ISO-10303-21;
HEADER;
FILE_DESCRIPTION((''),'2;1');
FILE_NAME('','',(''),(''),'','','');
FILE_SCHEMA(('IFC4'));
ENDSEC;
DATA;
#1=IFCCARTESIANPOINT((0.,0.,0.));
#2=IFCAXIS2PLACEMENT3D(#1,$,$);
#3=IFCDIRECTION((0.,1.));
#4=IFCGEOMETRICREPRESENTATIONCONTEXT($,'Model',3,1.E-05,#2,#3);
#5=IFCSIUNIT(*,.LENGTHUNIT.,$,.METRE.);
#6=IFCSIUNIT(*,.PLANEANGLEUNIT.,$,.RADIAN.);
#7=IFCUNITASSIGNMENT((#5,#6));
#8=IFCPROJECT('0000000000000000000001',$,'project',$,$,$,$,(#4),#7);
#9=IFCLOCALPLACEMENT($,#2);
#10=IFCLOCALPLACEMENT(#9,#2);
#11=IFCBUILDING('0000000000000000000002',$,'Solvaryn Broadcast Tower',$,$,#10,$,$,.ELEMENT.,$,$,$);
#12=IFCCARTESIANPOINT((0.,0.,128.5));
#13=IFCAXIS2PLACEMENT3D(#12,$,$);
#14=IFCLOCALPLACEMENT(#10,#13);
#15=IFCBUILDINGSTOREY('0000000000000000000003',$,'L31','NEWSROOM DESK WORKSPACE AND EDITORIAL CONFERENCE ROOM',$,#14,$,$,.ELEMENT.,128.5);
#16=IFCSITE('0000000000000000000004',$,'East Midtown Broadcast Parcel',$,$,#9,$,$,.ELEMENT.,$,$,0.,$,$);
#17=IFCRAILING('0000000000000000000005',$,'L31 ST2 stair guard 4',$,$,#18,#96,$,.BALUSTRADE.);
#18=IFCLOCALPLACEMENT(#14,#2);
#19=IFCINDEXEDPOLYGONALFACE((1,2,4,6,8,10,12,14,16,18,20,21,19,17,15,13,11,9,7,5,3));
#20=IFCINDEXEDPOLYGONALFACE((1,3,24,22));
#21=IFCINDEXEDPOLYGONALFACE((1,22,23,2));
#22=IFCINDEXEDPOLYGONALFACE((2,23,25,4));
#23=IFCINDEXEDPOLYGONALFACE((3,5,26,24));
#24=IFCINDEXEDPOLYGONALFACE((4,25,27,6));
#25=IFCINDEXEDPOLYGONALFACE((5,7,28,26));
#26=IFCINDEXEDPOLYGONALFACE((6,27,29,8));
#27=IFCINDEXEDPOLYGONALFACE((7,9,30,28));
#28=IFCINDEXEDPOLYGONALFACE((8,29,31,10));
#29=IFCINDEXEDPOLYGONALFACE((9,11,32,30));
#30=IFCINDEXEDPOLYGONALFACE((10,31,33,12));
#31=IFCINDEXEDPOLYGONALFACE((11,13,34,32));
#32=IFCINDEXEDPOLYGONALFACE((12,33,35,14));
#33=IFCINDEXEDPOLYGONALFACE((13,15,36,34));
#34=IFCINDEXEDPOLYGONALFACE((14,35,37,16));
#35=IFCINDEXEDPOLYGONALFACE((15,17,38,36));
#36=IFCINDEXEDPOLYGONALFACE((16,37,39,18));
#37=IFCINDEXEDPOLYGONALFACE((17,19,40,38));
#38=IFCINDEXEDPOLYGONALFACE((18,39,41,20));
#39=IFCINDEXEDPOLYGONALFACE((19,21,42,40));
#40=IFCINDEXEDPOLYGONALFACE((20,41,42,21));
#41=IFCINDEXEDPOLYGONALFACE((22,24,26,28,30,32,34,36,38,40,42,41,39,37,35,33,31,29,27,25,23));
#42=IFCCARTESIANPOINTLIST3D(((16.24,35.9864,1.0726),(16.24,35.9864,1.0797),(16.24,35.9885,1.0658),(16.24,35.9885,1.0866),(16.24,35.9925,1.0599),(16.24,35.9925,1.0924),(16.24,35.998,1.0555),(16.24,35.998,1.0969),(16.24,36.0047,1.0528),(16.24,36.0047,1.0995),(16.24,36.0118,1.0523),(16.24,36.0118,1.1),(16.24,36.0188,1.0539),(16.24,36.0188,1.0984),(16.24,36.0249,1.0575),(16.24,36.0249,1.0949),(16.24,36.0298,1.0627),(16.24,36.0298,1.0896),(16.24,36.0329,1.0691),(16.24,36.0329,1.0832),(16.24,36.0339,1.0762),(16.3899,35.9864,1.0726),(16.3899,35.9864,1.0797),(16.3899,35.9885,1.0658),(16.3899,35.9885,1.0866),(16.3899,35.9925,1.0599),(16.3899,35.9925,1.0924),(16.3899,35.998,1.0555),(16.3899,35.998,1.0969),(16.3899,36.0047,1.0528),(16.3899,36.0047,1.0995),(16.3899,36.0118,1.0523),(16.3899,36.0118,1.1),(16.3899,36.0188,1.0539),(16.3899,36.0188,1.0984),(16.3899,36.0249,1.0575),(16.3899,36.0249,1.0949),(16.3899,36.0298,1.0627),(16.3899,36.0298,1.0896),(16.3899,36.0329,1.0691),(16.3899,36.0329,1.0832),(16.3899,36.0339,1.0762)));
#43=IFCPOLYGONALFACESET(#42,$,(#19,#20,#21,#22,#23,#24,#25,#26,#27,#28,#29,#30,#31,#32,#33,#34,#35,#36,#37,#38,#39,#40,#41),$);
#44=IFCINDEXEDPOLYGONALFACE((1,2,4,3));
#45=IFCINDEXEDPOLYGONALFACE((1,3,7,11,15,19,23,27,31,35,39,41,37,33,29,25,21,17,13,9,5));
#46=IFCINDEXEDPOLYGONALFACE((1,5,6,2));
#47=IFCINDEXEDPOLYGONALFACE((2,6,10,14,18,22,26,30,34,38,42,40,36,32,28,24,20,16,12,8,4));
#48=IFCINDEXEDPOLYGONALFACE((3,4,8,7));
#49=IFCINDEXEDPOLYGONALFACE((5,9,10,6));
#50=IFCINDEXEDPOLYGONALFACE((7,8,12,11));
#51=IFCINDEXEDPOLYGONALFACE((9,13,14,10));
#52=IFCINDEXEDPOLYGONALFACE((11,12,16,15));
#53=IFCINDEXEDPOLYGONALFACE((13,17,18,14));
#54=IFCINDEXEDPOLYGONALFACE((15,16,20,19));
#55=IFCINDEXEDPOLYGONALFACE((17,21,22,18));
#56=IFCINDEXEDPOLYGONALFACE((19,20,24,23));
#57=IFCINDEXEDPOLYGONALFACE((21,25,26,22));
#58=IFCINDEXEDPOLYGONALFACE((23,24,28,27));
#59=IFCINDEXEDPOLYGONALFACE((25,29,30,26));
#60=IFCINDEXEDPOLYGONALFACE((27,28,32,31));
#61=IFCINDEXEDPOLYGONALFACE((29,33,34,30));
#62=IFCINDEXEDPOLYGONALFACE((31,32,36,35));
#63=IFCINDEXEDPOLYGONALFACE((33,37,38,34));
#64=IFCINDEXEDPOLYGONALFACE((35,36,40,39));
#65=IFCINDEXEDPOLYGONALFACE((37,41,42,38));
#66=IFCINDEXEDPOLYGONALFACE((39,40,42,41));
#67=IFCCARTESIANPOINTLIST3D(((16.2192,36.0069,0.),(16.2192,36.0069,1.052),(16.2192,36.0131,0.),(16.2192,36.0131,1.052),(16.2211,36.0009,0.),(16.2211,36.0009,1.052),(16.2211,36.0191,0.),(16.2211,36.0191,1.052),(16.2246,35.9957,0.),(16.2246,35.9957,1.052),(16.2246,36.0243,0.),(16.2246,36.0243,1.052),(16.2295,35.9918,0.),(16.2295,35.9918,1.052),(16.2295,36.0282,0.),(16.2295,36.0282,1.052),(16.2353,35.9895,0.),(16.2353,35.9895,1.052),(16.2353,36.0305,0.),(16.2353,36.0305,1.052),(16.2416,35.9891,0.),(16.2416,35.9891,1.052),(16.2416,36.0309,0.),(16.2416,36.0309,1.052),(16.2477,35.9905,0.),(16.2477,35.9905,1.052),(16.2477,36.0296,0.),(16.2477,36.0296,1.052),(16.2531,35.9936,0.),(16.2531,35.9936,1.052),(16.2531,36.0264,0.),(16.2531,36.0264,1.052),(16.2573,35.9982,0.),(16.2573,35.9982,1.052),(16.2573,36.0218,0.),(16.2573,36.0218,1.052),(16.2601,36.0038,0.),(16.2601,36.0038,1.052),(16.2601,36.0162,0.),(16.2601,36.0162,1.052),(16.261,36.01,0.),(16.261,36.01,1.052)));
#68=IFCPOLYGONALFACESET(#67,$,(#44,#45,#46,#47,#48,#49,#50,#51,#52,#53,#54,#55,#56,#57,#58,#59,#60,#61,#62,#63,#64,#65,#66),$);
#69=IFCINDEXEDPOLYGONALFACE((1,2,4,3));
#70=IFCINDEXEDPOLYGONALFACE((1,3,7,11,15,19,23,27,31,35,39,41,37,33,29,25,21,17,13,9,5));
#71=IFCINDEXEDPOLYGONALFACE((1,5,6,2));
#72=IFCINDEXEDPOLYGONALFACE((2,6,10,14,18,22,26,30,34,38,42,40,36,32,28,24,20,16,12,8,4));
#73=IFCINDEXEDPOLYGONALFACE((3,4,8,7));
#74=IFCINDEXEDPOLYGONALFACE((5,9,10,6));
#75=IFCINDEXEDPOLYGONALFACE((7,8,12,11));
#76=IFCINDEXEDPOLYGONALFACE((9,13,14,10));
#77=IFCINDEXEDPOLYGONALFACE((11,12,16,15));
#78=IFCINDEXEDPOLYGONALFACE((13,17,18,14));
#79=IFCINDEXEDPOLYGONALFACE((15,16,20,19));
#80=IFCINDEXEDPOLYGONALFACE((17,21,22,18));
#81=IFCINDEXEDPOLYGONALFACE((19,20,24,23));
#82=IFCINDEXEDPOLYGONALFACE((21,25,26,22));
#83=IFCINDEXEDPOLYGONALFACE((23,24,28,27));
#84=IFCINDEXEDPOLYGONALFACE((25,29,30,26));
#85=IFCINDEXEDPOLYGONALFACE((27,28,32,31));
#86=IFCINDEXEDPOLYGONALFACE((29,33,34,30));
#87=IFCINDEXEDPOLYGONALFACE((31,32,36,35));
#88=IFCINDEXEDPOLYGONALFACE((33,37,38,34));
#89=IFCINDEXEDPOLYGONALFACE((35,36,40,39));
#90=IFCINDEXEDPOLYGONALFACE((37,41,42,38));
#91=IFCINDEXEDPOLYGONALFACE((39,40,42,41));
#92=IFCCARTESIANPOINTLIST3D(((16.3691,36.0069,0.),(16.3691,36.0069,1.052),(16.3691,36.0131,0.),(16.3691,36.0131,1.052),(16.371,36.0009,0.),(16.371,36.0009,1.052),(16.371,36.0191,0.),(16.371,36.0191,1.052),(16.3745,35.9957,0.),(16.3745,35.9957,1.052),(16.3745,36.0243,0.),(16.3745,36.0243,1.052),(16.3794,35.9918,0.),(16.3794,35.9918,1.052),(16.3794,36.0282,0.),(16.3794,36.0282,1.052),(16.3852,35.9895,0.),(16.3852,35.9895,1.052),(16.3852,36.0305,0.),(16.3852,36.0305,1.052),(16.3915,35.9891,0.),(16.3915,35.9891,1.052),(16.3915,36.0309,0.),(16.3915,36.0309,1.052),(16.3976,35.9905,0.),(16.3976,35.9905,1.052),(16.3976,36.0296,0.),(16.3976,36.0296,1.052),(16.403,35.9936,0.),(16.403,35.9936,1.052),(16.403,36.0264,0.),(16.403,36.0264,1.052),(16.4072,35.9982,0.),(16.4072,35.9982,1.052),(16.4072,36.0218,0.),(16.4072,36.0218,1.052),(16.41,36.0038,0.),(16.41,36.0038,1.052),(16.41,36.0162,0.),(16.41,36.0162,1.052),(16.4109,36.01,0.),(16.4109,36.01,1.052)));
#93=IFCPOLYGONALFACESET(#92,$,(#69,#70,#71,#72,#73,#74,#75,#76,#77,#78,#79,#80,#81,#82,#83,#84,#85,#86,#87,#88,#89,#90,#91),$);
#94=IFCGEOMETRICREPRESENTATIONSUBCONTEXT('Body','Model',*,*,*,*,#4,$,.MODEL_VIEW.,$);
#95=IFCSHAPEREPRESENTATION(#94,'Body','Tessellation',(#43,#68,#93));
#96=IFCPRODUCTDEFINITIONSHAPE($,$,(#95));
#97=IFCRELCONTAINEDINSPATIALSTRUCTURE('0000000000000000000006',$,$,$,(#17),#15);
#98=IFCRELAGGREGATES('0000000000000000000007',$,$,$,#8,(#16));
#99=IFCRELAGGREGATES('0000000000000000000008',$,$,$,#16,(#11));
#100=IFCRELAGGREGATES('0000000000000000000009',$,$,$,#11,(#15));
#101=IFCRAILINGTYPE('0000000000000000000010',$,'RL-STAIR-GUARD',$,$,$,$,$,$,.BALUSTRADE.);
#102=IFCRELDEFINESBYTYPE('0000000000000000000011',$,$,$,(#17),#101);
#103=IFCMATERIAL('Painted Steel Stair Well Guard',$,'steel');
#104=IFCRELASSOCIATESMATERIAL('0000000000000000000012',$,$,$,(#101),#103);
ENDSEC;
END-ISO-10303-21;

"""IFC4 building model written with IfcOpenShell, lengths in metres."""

from ifc_helpers import new_model, si_unit, direction, frame, origin, origin_2d, place, context, subcontext, project, spatial, circle, extrude, material, type_object, element, save


model = new_model("IFC4")

# Units and contexts
model_context = context("Model", 3, precision=1e-05, world=origin(), true_north=direction((0.0, 1.0)))
body_context = subcontext(model_context, "Body", "Model", "MODEL_VIEW")
ifc_project = project(units=[si_unit("LENGTHUNIT", "METRE"), si_unit("PLANEANGLEUNIT", "RADIAN")], contexts=[model_context])

# Site, building, storey
site_placement = place(None, origin())
site = spatial("IfcSite", under=ifc_project, at=site_placement, Name="East Midtown Broadcast Parcel", CompositionType="ELEMENT", RefElevation=0.0)
building_placement = place(site_placement, origin())
building = spatial("IfcBuilding", under=site, at=building_placement, Name="Solvaryn Broadcast Tower", CompositionType="ELEMENT")
storey_placement = place(building_placement, frame((0.0, 0.0, 128.5)))
storey = spatial("IfcBuildingStorey", under=building, at=storey_placement, Name="L31", Description="NEWSROOM DESK WORKSPACE AND EDITORIAL CONFERENCE ROOM", CompositionType="ELEMENT", Elevation=128.5)

# Railing
ifc_material_1 = material(Name="Painted Steel Stair Well Guard", Category="steel")
railing_type_1 = type_object("IfcRailingType", Name="RL-STAIR-GUARD", PredefinedType="BALUSTRADE", material=ifc_material_1)
railing_1_placement = place(storey_placement, frame((16.24, 36.01, 0.0)))
element("IfcRailing", 1, at=railing_1_placement, inside=storey, type_object=railing_type_1, Name="L31 ST2 stair guard 4", PredefinedType="BALUSTRADE", context=body_context, shape_type="SweptSolid", body=[
    extrude(circle(Radius=0.0239, at=origin_2d()), frame((0.0, 0.0, 1.0762), z_axis=(1.0, 0.0, 0.0), x_axis=(0.0, 1.0, 0.0)), (0.0, 0.0, 1.0), 0.1499),
    extrude(circle(Radius=0.021, at=origin_2d()), origin(), (0.0, 0.0, 1.0), 1.052),
    extrude(circle(Radius=0.021, at=origin_2d()), frame((0.1499, 0.0, 0.0)), (0.0, 0.0, 1.0), 1.052),
])

save(model, "model.ifc")
